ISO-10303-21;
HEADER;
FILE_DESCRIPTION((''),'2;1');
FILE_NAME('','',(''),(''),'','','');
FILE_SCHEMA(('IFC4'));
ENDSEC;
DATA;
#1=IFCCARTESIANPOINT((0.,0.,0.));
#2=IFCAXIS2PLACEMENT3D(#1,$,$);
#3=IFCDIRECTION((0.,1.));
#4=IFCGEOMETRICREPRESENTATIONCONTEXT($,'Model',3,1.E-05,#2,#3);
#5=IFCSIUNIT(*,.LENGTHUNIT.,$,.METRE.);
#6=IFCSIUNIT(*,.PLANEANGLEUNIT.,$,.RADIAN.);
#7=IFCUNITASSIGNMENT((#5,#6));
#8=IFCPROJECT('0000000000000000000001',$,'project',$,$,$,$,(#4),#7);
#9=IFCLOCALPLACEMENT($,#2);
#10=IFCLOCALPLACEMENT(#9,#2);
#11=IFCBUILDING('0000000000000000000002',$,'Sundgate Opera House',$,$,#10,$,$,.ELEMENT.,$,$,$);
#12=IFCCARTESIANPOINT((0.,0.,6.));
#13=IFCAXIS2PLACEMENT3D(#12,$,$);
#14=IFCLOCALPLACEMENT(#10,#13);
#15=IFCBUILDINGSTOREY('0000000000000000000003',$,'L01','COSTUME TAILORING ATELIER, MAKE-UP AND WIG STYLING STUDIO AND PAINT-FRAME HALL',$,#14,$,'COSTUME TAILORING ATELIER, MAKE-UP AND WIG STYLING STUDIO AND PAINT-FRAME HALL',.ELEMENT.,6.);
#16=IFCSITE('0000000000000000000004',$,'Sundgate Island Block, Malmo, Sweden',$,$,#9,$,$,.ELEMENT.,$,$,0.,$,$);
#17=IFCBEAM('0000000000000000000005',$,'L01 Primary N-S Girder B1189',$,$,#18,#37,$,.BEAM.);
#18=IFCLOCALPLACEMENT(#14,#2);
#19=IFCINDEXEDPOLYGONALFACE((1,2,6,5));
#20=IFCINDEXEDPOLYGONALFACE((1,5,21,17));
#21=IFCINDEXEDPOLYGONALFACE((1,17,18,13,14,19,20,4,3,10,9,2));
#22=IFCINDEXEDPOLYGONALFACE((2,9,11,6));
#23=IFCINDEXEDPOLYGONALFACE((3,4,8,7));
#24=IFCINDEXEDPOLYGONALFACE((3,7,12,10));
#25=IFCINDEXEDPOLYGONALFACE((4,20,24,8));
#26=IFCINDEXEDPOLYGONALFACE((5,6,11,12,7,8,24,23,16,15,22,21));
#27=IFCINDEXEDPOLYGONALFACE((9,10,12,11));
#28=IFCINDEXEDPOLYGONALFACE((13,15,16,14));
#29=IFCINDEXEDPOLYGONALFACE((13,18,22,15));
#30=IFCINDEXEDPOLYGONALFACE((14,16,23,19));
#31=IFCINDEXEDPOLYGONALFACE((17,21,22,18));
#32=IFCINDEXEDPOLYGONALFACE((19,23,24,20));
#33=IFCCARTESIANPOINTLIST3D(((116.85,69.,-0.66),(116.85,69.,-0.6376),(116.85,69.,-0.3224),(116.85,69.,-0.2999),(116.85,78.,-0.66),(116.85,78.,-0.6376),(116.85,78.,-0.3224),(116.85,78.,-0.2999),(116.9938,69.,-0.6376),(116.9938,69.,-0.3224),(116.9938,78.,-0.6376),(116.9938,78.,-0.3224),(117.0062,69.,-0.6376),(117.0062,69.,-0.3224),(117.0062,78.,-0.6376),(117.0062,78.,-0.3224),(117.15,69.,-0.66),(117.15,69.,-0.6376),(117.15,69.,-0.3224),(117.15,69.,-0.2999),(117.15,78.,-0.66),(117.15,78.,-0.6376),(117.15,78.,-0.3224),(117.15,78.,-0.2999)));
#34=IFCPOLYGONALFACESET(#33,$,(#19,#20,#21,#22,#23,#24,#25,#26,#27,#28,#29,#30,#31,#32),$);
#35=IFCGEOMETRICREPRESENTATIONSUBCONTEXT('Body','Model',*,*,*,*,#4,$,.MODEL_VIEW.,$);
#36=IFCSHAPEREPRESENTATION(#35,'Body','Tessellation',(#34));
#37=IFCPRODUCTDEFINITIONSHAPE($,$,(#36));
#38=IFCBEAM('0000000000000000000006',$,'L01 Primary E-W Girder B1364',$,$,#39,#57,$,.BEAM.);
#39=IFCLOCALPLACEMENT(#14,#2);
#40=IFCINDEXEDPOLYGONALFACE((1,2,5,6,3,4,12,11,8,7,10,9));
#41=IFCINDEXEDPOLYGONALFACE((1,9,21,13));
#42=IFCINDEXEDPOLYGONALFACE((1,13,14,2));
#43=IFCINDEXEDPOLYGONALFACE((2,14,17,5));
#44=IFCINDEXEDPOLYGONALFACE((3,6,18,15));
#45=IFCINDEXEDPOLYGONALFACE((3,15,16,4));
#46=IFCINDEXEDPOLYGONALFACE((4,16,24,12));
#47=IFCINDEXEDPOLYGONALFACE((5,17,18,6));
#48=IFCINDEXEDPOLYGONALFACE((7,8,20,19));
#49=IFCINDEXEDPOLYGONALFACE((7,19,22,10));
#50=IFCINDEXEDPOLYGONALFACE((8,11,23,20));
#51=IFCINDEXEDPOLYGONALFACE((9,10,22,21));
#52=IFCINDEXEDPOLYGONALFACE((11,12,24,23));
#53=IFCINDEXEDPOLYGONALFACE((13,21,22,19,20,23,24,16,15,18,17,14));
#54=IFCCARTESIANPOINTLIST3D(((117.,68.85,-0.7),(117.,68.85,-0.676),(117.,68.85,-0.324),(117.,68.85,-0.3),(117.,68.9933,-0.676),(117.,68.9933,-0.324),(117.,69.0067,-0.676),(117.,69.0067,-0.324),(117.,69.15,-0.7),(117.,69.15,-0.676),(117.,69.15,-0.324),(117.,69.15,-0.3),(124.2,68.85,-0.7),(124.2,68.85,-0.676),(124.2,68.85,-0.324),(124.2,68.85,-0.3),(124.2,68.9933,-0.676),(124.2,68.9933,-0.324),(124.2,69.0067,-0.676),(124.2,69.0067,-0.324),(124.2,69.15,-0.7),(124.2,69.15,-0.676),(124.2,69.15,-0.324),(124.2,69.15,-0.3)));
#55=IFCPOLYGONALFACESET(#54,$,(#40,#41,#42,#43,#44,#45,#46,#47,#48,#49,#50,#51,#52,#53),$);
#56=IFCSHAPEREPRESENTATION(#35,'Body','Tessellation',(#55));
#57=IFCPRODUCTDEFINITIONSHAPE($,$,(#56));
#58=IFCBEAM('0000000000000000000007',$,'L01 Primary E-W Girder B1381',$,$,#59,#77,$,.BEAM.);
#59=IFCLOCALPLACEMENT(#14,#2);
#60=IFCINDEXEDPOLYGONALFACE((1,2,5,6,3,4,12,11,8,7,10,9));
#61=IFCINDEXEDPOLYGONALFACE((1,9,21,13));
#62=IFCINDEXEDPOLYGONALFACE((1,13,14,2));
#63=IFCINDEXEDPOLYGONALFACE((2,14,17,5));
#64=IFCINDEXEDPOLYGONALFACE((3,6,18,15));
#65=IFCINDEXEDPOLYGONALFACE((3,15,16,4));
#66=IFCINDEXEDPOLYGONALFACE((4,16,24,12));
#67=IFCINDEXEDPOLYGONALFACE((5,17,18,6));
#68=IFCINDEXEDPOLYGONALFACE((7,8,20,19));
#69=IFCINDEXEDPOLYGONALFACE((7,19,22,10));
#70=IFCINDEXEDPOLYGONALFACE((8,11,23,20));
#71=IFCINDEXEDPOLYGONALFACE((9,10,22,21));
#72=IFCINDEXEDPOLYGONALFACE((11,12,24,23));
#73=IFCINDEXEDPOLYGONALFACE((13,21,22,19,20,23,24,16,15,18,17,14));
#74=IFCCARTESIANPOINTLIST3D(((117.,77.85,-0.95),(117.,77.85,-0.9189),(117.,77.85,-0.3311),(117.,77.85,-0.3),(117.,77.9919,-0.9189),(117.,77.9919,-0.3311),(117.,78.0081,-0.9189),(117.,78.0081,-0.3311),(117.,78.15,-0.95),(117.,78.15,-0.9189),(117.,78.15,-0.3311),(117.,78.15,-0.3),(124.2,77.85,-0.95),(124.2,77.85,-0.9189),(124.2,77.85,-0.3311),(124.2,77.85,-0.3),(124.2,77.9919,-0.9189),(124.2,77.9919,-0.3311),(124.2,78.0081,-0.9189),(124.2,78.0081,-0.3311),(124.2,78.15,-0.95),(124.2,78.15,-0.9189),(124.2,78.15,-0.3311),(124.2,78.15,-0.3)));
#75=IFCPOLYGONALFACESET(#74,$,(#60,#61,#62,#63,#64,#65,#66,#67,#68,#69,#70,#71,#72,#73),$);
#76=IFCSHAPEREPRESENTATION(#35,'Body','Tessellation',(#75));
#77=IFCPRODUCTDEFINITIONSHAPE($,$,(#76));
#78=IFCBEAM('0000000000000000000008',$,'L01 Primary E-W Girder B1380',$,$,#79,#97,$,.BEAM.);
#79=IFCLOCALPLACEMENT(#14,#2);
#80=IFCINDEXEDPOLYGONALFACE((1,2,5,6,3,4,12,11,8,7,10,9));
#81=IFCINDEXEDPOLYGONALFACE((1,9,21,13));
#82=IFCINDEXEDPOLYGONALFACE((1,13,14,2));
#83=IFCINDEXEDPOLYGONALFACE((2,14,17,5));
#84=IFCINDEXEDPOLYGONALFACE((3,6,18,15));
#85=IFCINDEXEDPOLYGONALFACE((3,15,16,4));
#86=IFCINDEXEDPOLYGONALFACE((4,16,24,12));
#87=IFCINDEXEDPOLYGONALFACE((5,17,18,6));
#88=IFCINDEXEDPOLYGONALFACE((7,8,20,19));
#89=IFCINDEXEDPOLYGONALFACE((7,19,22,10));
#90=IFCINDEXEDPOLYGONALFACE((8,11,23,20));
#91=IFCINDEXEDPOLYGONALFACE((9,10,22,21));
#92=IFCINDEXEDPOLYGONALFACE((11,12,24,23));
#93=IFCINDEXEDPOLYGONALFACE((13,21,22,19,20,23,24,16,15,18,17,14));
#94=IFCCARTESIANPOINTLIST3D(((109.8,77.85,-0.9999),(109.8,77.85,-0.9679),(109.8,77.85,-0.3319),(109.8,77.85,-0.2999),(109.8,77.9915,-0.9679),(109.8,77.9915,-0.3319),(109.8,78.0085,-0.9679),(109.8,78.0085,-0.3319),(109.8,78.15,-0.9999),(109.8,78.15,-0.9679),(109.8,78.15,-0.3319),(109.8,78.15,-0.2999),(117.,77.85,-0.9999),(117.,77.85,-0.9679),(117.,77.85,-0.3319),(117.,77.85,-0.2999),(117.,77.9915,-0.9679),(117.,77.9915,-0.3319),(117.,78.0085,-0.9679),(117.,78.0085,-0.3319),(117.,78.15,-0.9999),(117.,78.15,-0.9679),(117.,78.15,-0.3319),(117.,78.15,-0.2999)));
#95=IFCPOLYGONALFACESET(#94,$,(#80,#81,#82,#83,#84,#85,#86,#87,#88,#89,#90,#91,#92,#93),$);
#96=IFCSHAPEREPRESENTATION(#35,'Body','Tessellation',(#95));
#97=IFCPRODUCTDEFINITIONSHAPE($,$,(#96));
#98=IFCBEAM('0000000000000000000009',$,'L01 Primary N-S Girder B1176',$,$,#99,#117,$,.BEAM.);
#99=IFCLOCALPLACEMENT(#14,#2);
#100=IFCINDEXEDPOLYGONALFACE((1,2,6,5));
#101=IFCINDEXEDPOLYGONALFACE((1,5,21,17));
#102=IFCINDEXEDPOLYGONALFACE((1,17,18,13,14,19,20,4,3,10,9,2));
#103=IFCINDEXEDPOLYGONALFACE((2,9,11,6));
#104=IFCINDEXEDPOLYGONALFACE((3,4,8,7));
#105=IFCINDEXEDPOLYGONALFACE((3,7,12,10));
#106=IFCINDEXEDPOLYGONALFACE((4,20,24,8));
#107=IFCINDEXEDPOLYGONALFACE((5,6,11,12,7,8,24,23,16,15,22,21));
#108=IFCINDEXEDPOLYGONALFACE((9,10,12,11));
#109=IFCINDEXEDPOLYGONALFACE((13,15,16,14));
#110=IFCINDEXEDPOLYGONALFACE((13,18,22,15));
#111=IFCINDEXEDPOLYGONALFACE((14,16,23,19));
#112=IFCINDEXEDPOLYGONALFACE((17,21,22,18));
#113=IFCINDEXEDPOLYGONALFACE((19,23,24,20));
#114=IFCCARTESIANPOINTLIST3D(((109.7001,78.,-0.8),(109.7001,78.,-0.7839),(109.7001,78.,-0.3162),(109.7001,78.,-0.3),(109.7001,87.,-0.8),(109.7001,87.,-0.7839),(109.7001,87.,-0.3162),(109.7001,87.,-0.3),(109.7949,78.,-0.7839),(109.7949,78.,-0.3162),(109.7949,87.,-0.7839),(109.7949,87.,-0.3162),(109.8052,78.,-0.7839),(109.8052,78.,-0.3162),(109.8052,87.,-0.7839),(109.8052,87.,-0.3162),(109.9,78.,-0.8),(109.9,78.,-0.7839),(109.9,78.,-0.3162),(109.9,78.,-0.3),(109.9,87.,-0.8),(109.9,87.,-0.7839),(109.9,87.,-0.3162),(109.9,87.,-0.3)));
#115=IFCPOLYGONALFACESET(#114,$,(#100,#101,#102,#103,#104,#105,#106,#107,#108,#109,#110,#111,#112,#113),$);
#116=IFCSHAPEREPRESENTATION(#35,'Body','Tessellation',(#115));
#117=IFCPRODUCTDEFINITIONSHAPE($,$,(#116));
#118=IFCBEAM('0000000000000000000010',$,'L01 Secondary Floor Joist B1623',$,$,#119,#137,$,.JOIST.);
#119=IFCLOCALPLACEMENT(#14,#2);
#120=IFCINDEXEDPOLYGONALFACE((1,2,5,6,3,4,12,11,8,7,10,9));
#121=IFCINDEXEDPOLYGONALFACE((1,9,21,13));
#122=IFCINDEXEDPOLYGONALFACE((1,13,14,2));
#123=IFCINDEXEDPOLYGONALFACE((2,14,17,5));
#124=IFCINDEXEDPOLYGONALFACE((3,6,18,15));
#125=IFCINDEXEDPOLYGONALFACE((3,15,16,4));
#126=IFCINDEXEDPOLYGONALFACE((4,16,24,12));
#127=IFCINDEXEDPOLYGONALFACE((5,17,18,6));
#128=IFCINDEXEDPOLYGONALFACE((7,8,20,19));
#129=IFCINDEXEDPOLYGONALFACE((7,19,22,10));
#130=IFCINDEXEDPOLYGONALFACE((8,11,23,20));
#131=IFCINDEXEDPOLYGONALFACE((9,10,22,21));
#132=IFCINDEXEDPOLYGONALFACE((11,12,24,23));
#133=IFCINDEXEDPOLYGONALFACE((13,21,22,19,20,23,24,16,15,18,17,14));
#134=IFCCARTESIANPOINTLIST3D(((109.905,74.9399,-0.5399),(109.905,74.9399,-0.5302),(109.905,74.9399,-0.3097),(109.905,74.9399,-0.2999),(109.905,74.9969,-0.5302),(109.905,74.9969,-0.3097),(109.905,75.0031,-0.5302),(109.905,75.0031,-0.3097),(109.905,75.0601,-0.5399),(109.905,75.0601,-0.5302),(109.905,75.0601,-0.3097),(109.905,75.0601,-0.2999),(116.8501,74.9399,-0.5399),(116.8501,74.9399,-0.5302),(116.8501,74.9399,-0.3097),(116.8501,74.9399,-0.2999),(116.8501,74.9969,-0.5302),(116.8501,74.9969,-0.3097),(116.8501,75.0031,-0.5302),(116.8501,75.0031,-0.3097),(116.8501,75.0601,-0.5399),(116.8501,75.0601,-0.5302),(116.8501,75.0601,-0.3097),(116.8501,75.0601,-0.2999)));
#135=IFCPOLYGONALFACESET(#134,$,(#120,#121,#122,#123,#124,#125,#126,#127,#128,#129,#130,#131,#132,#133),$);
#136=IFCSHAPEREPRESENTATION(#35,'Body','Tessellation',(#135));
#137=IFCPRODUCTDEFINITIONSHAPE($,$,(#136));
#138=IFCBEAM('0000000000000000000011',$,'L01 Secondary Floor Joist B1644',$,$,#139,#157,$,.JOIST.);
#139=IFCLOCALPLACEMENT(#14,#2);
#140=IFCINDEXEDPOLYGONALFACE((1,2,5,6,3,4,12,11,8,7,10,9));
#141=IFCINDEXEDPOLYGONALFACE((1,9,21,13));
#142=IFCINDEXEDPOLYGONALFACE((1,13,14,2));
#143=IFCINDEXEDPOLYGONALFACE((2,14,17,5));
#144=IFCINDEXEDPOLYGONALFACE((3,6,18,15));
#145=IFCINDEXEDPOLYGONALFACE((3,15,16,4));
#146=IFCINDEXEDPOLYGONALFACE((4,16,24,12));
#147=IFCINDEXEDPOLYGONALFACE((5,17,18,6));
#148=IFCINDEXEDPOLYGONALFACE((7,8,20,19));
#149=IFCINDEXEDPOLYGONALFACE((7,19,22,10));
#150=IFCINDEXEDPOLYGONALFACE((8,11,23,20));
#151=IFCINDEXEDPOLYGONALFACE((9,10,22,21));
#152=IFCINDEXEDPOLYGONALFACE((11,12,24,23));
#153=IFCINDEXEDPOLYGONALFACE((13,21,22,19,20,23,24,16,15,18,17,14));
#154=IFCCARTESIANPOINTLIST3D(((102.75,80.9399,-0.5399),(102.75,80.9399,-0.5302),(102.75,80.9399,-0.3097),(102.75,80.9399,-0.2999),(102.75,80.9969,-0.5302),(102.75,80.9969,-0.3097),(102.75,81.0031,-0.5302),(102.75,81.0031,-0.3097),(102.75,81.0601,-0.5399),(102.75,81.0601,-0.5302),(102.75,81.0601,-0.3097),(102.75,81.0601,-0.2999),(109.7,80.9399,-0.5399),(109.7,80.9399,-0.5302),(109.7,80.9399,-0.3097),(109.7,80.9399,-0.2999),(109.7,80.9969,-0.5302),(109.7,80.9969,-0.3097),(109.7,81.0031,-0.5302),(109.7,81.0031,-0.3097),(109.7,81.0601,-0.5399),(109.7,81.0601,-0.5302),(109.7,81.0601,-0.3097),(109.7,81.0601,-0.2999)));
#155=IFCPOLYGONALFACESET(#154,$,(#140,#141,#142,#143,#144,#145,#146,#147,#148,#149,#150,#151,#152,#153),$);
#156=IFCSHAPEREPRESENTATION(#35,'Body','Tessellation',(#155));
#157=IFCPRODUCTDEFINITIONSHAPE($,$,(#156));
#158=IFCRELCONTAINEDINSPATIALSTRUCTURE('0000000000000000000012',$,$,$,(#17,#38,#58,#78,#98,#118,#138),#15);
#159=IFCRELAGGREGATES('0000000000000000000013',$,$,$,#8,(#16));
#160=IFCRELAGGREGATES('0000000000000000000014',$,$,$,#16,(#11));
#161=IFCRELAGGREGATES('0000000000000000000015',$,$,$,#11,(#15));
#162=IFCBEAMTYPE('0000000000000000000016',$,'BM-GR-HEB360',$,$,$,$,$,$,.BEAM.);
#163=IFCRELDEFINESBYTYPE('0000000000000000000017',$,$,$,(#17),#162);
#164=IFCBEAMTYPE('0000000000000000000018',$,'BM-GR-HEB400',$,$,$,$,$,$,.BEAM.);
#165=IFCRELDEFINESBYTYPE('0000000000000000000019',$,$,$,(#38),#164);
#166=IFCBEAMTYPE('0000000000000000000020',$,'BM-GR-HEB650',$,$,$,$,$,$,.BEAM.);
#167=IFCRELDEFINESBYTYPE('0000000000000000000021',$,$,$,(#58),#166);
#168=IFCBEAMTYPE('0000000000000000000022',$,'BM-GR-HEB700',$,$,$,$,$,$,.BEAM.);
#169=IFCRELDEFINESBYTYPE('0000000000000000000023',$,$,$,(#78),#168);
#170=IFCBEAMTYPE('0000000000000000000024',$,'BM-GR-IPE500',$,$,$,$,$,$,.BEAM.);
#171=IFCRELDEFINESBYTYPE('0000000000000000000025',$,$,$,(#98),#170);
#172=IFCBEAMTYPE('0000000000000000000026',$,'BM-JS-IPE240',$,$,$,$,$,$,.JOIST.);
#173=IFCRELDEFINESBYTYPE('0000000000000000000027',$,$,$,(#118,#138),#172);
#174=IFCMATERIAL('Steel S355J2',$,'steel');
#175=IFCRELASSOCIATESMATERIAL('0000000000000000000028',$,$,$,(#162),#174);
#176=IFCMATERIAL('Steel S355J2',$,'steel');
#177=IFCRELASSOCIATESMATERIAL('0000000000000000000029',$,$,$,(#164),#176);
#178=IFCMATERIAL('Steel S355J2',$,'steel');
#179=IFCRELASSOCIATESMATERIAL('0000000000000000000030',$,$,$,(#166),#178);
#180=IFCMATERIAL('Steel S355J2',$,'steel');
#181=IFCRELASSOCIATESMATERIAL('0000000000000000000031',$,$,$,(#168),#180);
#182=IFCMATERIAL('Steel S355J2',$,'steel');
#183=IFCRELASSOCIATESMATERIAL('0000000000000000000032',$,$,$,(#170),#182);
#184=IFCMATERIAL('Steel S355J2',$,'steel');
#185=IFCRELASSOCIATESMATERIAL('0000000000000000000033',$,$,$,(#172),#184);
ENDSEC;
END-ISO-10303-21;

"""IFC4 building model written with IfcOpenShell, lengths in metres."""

from ifc_helpers import new_model, si_unit, direction, frame, origin, origin_2d, place, context, subcontext, project, spatial, i_section, extrude, material, material_profile, profile_set, type_object, element, save


model = new_model("IFC4")

# Units and contexts
model_context = context("Model", 3, precision=1e-05, world=origin(), true_north=direction((0.0, 1.0)))
body_context = subcontext(model_context, "Body", "Model", "MODEL_VIEW")
ifc_project = project(units=[si_unit("LENGTHUNIT", "METRE"), si_unit("PLANEANGLEUNIT", "RADIAN")], contexts=[model_context])

# Site, building, storey
site_placement = place(None, origin())
site = spatial("IfcSite", under=ifc_project, at=site_placement, Name="Sundgate Island Block, Malmo, Sweden", CompositionType="ELEMENT", RefElevation=0.0)
building_placement = place(site_placement, origin())
building = spatial("IfcBuilding", under=site, at=building_placement, Name="Sundgate Opera House", CompositionType="ELEMENT")
storey_placement = place(building_placement, frame((0.0, 0.0, 6.0)))
storey = spatial("IfcBuildingStorey", under=building, at=storey_placement, Name="L01", Description="COSTUME TAILORING ATELIER, MAKE-UP AND WIG STYLING STUDIO AND PAINT-FRAME HALL", LongName="COSTUME TAILORING ATELIER, MAKE-UP AND WIG STYLING STUDIO AND PAINT-FRAME HALL", CompositionType="ELEMENT", Elevation=6.0)

# Beams
ifc_material_1 = material(Name="Steel S355J2", Category="steel")
ifc_material_profile_1 = material_profile(ifc_material_1, i_section(OverallWidth=0.3, OverallDepth=0.3601, WebThickness=0.0125, FlangeThickness=0.0225, at=origin_2d()), Name="HEB 360")
ifc_profile_set_1 = profile_set([ifc_material_profile_1], Name="Steel S355J2")
beam_type_1 = type_object("IfcBeamType", Name="BM-GR-HEB360", PredefinedType="BEAM", material=ifc_profile_set_1)
beam_1_placement = place(storey_placement, frame((117.0, 69.0, -0.48), z_axis=(0.0, 1.0, 0.0), x_axis=(-1.0, 0.0, 0.0)))
element("IfcBeam", 1, at=beam_1_placement, inside=storey, type_object=beam_type_1, Name="L01 Primary N-S Girder B1189", PredefinedType="BEAM", context=body_context, shape_type="SweptSolid", body=[
    extrude(i_section(OverallWidth=0.3, OverallDepth=0.3601, WebThickness=0.0125, FlangeThickness=0.0225, at=origin_2d()), origin(), (0.0, 0.0, 1.0), 9.0),
])
ifc_material_2 = material(Name="Steel S355J2", Category="steel")
ifc_material_profile_2 = material_profile(ifc_material_2, i_section(OverallWidth=0.3, OverallDepth=0.3999, WebThickness=0.0134, FlangeThickness=0.0239, at=origin_2d()), Name="HEB 400")
ifc_profile_set_2 = profile_set([ifc_material_profile_2], Name="Steel S355J2")
beam_type_2 = type_object("IfcBeamType", Name="BM-GR-HEB400", PredefinedType="BEAM", material=ifc_profile_set_2)
beam_2_placement = place(storey_placement, frame((117.0, 69.0, -0.5), z_axis=(1.0, 0.0, 0.0), x_axis=(0.0, 1.0, 0.0)))
element("IfcBeam", 2, at=beam_2_placement, inside=storey, type_object=beam_type_2, Name="L01 Primary E-W Girder B1364", PredefinedType="BEAM", context=body_context, shape_type="SweptSolid", body=[
    extrude(i_section(OverallWidth=0.3, OverallDepth=0.3999, WebThickness=0.0134, FlangeThickness=0.0239, at=origin_2d()), origin(), (0.0, 0.0, 1.0), 7.2),
])
ifc_material_3 = material(Name="Steel S355J2", Category="steel")
ifc_material_profile_3 = material_profile(ifc_material_3, i_section(OverallWidth=0.3, OverallDepth=0.6499, WebThickness=0.0161, FlangeThickness=0.031, at=origin_2d()), Name="HEB 650")
ifc_profile_set_3 = profile_set([ifc_material_profile_3], Name="Steel S355J2")
beam_type_3 = type_object("IfcBeamType", Name="BM-GR-HEB650", PredefinedType="BEAM", material=ifc_profile_set_3)
beam_3_placement = place(storey_placement, frame((117.0, 78.0, -0.625), z_axis=(1.0, 0.0, 0.0), x_axis=(0.0, 1.0, 0.0)))
element("IfcBeam", 3, at=beam_3_placement, inside=storey, type_object=beam_type_3, Name="L01 Primary E-W Girder B1381", PredefinedType="BEAM", context=body_context, shape_type="SweptSolid", body=[
    extrude(i_section(OverallWidth=0.3, OverallDepth=0.6499, WebThickness=0.0161, FlangeThickness=0.031, at=origin_2d()), origin(), (0.0, 0.0, 1.0), 7.2),
])
ifc_material_4 = material(Name="Steel S355J2", Category="steel")
ifc_material_profile_4 = material_profile(ifc_material_4, i_section(OverallWidth=0.3, OverallDepth=0.7, WebThickness=0.0171, FlangeThickness=0.032, at=origin_2d()), Name="HEB 700")
ifc_profile_set_4 = profile_set([ifc_material_profile_4], Name="Steel S355J2")
beam_type_4 = type_object("IfcBeamType", Name="BM-GR-HEB700", PredefinedType="BEAM", material=ifc_profile_set_4)
beam_4_placement = place(storey_placement, frame((109.8, 78.0, -0.6499), z_axis=(1.0, 0.0, 0.0), x_axis=(0.0, 1.0, 0.0)))
element("IfcBeam", 4, at=beam_4_placement, inside=storey, type_object=beam_type_4, Name="L01 Primary E-W Girder B1380", PredefinedType="BEAM", context=body_context, shape_type="SweptSolid", body=[
    extrude(i_section(OverallWidth=0.3, OverallDepth=0.7, WebThickness=0.0171, FlangeThickness=0.032, at=origin_2d()), origin(), (0.0, 0.0, 1.0), 7.2),
])
ifc_material_5 = material(Name="Steel S355J2", Category="steel")
ifc_material_profile_5 = material_profile(ifc_material_5, i_section(OverallWidth=0.2, OverallDepth=0.5, WebThickness=0.0103, FlangeThickness=0.0161, at=origin_2d()), Name="IPE 500")
ifc_profile_set_5 = profile_set([ifc_material_profile_5], Name="Steel S355J2")
beam_type_5 = type_object("IfcBeamType", Name="BM-GR-IPE500", PredefinedType="BEAM", material=ifc_profile_set_5)
beam_5_placement = place(storey_placement, frame((109.8, 78.0, -0.55), z_axis=(0.0, 1.0, 0.0), x_axis=(-1.0, 0.0, 0.0)))
element("IfcBeam", 5, at=beam_5_placement, inside=storey, type_object=beam_type_5, Name="L01 Primary N-S Girder B1176", PredefinedType="BEAM", context=body_context, shape_type="SweptSolid", body=[
    extrude(i_section(OverallWidth=0.2, OverallDepth=0.5, WebThickness=0.0103, FlangeThickness=0.0161, at=origin_2d()), origin(), (0.0, 0.0, 1.0), 9.0),
])
ifc_material_6 = material(Name="Steel S355J2", Category="steel")
ifc_material_profile_6 = material_profile(ifc_material_6, i_section(OverallWidth=0.1201, OverallDepth=0.24, WebThickness=0.0061, FlangeThickness=0.0098, at=origin_2d()), Name="IPE 240")
ifc_profile_set_6 = profile_set([ifc_material_profile_6], Name="Steel S355J2")
beam_type_6 = type_object("IfcBeamType", Name="BM-JS-IPE240", PredefinedType="JOIST", material=ifc_profile_set_6)
beam_6_placement = place(storey_placement, frame((109.905, 75.0, -0.4199), z_axis=(1.0, 0.0, 0.0), x_axis=(0.0, 1.0, 0.0)))
element("IfcBeam", 6, at=beam_6_placement, inside=storey, type_object=beam_type_6, Name="L01 Secondary Floor Joist B1623", PredefinedType="JOIST", context=body_context, shape_type="SweptSolid", body=[
    extrude(i_section(OverallWidth=0.1201, OverallDepth=0.24, WebThickness=0.0061, FlangeThickness=0.0098, at=origin_2d()), origin(), (0.0, 0.0, 1.0), 6.9451),
])
beam_7_placement = place(storey_placement, frame((102.75, 81.0, -0.4199), z_axis=(1.0, 0.0, 0.0), x_axis=(0.0, 1.0, 0.0)))
element("IfcBeam", 7, at=beam_7_placement, inside=storey, type_object=beam_type_6, Name="L01 Secondary Floor Joist B1644", PredefinedType="JOIST", context=body_context, shape_type="SweptSolid", body=[
    extrude(i_section(OverallWidth=0.1201, OverallDepth=0.24, WebThickness=0.0061, FlangeThickness=0.0098, at=origin_2d()), origin(), (0.0, 0.0, 1.0), 6.95),
])

save(model, "model.ifc")
